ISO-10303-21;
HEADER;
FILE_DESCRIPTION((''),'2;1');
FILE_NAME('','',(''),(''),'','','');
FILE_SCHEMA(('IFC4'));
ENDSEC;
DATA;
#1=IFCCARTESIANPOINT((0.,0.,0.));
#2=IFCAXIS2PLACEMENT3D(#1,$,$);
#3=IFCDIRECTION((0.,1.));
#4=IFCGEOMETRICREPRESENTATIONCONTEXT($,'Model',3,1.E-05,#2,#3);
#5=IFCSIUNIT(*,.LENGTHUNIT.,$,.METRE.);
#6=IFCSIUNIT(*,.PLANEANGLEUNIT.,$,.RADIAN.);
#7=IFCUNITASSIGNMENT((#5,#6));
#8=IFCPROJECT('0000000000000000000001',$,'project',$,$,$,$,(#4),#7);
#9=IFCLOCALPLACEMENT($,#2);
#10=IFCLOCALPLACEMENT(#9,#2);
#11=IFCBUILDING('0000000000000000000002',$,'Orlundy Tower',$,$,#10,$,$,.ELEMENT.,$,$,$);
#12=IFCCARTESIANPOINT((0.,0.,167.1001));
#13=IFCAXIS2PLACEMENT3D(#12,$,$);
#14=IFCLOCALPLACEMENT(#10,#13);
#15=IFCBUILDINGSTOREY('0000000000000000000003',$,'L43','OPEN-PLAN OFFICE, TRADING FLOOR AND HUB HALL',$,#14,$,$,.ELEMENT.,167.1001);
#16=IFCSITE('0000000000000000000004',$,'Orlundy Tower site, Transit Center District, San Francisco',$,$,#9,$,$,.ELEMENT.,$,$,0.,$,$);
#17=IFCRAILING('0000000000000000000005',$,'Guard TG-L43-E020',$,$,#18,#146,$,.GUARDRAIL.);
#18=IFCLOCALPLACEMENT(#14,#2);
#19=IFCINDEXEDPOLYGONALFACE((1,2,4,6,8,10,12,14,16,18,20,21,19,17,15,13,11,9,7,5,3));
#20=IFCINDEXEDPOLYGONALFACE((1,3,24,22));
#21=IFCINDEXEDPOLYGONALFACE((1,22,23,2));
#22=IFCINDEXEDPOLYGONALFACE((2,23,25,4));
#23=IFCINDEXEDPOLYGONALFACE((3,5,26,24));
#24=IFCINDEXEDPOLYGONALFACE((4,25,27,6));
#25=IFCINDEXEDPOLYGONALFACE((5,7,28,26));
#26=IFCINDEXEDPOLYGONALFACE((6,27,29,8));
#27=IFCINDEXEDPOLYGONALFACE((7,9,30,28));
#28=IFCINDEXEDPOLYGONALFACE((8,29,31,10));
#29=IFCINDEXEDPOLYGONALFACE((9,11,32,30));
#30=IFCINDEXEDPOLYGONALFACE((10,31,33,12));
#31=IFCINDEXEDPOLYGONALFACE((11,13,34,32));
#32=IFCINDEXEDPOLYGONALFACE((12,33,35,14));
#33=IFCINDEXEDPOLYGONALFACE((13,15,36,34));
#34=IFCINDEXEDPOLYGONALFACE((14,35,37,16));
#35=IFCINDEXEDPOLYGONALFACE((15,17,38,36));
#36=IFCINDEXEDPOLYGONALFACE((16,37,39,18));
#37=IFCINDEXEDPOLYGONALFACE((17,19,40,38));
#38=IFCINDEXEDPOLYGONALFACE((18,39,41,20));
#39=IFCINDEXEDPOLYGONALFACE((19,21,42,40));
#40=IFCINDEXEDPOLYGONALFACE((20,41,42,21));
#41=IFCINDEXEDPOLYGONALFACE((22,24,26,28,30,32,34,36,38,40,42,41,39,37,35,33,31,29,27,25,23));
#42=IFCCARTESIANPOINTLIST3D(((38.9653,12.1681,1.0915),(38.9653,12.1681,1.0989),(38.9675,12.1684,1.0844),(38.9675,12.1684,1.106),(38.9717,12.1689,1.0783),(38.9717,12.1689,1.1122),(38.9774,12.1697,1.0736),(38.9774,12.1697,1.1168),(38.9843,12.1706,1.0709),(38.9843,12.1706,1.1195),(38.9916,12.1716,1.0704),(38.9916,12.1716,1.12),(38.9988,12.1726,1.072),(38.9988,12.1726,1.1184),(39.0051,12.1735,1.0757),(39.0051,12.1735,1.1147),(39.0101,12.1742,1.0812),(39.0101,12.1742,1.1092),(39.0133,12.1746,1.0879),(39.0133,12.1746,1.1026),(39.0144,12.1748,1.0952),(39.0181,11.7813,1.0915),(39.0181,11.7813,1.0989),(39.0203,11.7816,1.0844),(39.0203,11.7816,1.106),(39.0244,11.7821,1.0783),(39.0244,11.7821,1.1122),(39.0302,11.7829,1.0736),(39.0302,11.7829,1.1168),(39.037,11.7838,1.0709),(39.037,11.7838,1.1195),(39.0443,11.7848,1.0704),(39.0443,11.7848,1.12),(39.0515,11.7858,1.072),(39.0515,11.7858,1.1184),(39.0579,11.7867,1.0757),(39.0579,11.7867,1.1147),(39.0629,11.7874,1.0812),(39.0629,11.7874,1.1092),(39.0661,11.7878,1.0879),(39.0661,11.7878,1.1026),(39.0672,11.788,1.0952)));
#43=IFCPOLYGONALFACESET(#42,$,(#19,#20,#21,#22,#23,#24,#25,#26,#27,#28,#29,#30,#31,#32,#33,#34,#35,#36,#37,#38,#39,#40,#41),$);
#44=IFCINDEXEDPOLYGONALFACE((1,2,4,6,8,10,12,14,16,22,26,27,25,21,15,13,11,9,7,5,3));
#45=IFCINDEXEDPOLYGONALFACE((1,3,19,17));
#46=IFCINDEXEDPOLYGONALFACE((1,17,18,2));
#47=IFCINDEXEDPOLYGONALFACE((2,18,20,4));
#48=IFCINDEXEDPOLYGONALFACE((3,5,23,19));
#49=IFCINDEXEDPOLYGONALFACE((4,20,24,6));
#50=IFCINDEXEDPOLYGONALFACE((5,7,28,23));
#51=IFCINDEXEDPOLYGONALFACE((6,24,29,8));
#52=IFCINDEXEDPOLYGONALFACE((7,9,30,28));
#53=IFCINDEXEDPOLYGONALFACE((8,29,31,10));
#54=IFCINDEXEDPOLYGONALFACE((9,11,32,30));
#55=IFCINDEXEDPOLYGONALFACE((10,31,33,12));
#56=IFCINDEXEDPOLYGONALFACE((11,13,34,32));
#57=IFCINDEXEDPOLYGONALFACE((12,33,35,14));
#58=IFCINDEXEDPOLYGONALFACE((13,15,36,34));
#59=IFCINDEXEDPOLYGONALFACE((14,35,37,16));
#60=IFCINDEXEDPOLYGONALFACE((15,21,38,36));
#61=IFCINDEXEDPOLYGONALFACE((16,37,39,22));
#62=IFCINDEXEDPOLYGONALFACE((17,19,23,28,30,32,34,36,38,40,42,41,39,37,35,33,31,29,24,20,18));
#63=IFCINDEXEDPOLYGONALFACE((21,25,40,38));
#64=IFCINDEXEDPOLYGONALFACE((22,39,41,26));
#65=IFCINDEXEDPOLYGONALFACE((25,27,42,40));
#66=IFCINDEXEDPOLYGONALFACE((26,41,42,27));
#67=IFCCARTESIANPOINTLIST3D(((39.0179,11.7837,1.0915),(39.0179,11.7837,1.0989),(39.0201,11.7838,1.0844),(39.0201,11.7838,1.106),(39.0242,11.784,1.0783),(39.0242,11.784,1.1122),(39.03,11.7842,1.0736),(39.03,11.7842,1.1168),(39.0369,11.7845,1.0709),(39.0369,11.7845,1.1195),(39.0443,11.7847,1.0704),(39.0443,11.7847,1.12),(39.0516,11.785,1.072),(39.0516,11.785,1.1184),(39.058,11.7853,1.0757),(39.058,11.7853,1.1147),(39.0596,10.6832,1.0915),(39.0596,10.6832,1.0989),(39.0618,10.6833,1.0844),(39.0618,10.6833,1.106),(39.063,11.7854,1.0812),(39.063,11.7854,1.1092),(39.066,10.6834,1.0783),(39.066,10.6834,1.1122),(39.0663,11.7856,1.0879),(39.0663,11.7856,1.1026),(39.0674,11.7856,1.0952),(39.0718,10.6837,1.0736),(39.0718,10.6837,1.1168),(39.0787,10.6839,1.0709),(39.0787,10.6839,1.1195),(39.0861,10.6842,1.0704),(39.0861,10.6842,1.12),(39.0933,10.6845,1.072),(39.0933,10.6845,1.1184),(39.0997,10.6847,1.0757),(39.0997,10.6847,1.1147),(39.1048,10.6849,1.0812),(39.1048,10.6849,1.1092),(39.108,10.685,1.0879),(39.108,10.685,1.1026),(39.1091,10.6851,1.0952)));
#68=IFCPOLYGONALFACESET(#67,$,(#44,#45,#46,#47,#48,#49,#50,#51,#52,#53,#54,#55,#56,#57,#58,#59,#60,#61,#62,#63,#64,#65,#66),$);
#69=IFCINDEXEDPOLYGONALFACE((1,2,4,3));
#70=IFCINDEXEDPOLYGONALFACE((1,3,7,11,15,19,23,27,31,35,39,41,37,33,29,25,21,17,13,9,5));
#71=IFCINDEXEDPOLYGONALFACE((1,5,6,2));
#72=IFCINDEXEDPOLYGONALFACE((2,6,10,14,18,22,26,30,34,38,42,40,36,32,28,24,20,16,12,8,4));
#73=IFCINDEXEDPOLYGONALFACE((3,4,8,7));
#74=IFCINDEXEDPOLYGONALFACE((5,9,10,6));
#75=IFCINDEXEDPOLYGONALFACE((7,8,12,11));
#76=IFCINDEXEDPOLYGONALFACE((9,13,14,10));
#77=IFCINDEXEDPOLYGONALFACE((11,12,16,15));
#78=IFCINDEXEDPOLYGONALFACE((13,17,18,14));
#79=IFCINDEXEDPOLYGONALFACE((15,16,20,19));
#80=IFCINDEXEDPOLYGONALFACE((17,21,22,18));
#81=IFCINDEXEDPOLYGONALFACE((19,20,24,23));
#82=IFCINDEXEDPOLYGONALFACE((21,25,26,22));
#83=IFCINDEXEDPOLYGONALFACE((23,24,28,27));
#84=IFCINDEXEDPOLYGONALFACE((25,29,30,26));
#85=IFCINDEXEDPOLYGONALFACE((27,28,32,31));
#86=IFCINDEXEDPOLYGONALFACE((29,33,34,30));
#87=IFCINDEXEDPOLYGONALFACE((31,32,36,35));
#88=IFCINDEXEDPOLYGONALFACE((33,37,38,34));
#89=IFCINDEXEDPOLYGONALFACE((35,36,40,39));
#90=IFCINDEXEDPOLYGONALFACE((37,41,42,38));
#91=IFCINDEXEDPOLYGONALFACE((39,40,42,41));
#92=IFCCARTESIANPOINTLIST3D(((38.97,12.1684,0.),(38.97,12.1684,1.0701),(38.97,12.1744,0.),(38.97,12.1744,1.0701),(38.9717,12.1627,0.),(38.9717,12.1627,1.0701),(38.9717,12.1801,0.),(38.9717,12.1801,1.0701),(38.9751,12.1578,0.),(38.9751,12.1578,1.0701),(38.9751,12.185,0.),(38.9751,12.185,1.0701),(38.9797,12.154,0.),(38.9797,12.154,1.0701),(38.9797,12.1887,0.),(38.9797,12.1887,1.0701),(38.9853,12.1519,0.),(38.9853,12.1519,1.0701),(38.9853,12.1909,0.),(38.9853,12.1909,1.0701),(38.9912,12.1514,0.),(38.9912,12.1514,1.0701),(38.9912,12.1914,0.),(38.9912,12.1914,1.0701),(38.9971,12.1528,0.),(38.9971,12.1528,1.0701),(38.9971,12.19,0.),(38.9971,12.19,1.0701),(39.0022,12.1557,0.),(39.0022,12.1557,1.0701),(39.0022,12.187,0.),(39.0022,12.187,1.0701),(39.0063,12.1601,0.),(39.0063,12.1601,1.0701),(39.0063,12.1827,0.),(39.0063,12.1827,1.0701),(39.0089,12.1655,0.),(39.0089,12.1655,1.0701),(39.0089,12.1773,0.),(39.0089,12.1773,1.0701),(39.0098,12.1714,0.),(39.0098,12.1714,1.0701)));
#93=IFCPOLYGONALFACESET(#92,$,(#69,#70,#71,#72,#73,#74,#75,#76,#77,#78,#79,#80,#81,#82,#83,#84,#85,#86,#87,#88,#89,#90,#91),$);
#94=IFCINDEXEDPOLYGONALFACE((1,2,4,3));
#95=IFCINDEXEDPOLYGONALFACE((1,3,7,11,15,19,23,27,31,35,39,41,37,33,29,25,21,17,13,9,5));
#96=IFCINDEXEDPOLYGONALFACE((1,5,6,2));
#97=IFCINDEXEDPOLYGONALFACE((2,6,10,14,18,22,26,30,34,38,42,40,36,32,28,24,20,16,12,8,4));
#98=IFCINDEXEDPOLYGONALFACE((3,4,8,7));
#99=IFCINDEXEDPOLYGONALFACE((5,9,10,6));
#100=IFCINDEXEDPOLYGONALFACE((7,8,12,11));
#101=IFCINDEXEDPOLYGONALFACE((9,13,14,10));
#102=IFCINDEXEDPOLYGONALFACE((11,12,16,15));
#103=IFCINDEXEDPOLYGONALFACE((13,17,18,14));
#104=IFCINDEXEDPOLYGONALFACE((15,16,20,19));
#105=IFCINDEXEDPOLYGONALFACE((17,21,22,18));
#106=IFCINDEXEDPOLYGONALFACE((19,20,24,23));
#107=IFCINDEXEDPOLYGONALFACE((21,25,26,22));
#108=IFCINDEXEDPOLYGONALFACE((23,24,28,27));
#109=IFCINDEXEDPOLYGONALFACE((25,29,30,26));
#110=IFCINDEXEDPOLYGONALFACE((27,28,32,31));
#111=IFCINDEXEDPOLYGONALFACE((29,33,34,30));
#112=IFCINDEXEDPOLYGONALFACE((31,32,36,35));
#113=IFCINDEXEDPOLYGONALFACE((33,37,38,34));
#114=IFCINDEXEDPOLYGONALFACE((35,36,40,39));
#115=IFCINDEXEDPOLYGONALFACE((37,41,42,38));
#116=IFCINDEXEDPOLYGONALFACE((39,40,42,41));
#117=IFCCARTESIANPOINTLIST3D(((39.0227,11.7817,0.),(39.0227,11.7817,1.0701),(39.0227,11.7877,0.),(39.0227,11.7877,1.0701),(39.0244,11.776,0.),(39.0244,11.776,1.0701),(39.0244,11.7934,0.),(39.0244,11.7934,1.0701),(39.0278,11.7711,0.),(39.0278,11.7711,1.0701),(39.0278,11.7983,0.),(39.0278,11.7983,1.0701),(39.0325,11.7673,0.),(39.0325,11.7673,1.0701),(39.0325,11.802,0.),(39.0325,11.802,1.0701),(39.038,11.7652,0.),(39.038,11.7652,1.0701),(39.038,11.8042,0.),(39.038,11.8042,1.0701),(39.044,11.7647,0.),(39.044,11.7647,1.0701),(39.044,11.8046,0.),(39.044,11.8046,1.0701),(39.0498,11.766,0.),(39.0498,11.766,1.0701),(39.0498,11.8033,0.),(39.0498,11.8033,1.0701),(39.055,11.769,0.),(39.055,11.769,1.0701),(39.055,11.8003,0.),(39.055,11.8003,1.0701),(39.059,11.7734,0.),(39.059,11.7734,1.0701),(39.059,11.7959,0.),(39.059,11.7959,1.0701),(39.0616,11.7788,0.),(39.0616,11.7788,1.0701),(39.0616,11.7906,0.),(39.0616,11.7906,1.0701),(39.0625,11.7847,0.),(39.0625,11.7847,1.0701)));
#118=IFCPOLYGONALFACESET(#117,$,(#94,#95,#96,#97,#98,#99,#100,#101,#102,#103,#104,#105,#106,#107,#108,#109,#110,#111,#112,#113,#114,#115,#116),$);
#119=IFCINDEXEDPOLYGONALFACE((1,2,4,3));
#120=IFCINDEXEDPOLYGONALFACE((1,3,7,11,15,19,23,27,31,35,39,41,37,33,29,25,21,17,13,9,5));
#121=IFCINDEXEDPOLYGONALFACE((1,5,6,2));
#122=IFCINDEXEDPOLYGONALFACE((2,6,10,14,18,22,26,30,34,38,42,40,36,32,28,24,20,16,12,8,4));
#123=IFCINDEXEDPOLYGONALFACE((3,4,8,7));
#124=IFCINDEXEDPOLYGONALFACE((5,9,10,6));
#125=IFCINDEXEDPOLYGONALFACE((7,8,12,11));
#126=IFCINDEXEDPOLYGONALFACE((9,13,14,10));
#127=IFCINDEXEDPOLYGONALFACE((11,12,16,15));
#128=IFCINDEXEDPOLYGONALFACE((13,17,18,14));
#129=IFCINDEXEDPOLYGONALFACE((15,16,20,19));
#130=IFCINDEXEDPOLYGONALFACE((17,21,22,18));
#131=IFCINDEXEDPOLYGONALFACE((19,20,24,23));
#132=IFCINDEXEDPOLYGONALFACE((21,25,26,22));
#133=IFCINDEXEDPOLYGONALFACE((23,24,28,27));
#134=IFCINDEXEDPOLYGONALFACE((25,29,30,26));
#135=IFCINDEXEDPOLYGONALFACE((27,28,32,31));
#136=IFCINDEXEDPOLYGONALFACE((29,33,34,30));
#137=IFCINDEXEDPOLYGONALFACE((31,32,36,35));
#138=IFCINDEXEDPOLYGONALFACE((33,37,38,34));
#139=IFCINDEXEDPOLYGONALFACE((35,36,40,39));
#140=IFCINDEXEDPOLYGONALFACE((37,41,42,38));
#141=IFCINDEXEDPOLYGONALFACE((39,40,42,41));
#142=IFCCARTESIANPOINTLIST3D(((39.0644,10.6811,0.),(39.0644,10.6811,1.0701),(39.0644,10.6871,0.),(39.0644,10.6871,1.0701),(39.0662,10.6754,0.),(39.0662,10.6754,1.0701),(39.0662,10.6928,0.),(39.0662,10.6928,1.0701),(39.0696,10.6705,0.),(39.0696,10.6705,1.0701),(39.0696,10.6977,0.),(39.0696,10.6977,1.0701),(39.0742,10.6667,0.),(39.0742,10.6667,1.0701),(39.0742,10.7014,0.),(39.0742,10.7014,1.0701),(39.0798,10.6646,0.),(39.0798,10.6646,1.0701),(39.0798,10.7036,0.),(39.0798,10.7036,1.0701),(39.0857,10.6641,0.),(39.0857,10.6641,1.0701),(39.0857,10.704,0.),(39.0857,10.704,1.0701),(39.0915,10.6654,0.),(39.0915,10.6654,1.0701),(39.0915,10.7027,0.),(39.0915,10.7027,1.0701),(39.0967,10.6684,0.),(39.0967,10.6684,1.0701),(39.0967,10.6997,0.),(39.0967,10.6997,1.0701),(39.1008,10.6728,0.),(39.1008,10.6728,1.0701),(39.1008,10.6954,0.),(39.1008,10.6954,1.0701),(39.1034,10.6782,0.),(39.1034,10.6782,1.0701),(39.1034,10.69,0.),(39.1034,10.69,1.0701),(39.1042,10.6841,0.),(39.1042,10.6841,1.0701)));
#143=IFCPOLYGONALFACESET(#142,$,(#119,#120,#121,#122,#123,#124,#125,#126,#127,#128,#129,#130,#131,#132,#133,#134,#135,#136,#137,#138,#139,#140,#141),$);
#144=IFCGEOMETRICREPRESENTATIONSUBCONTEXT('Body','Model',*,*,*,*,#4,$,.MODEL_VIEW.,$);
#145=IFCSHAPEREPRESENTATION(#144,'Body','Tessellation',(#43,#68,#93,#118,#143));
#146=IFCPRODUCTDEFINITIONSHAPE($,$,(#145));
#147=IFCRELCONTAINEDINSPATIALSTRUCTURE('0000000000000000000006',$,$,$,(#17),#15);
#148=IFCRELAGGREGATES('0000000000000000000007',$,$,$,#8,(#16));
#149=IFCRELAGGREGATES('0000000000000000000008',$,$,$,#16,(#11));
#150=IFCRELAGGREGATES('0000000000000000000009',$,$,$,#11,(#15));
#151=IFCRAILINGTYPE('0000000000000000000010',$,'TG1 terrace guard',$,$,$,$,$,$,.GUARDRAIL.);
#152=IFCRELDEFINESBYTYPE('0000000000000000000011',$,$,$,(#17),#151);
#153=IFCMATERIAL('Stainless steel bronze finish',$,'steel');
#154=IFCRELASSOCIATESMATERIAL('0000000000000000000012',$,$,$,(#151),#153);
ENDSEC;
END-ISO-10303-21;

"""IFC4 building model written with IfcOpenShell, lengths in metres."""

from ifc_helpers import new_model, si_unit, direction, frame, origin, origin_2d, place, context, subcontext, project, spatial, circle, extrude, material, type_object, element, save


model = new_model("IFC4")

# Units and contexts
model_context = context("Model", 3, precision=1e-05, world=origin(), true_north=direction((0.0, 1.0)))
body_context = subcontext(model_context, "Body", "Model", "MODEL_VIEW")
ifc_project = project(units=[si_unit("LENGTHUNIT", "METRE"), si_unit("PLANEANGLEUNIT", "RADIAN")], contexts=[model_context])

# Site, building, storey
site_placement = place(None, origin())
site = spatial("IfcSite", under=ifc_project, at=site_placement, Name="Orlundy Tower site, Transit Center District, San Francisco", CompositionType="ELEMENT", RefElevation=0.0)
building_placement = place(site_placement, origin())
building = spatial("IfcBuilding", under=site, at=building_placement, Name="Orlundy Tower", CompositionType="ELEMENT")
storey_placement = place(building_placement, frame((0.0, 0.0, 167.1001)))
storey = spatial("IfcBuildingStorey", under=building, at=storey_placement, Name="L43", Description="OPEN-PLAN OFFICE, TRADING FLOOR AND HUB HALL", CompositionType="ELEMENT", Elevation=167.1001)

# Railing
ifc_material_1 = material(Name="Stainless steel bronze finish", Category="steel")
railing_type = type_object("IfcRailingType", Name="TG1 terrace guard", PredefinedType="GUARDRAIL", material=ifc_material_1)
railing_1_placement = place(storey_placement, frame((38.9897, 12.1714, 0.0)))
element("IfcRailing", 1, at=railing_1_placement, inside=storey, type_object=railing_type, Name="Guard TG-L43-E020", PredefinedType="GUARDRAIL", context=body_context, shape_type="SweptSolid", body=[
    extrude(circle(Radius=0.0249, at=origin_2d()), frame((0.0, 0.0, 1.0952), z_axis=(0.135113, -0.99083, 0.0), x_axis=(0.99083, 0.135113, 0.0)), (0.0, 0.0, 1.0), 0.3904),
    extrude(circle(Radius=0.0249, at=origin_2d()), frame((0.0527, -0.3867, 1.0952), z_axis=(0.037905, -0.999281, 0.0), x_axis=(0.999281, 0.037905, 0.0)), (0.0, 0.0, 1.0), 1.1013),
    extrude(circle(Radius=0.02, at=origin_2d()), origin(), (0.0, 0.0, 1.0), 1.0701),
    extrude(circle(Radius=0.02, at=origin_2d()), frame((0.0527, -0.3867, 0.0)), (0.0, 0.0, 1.0), 1.0701),
    extrude(circle(Radius=0.02, at=origin_2d()), frame((0.0945, -1.4873, 0.0)), (0.0, 0.0, 1.0), 1.0701),
])

save(model, "model.ifc")
